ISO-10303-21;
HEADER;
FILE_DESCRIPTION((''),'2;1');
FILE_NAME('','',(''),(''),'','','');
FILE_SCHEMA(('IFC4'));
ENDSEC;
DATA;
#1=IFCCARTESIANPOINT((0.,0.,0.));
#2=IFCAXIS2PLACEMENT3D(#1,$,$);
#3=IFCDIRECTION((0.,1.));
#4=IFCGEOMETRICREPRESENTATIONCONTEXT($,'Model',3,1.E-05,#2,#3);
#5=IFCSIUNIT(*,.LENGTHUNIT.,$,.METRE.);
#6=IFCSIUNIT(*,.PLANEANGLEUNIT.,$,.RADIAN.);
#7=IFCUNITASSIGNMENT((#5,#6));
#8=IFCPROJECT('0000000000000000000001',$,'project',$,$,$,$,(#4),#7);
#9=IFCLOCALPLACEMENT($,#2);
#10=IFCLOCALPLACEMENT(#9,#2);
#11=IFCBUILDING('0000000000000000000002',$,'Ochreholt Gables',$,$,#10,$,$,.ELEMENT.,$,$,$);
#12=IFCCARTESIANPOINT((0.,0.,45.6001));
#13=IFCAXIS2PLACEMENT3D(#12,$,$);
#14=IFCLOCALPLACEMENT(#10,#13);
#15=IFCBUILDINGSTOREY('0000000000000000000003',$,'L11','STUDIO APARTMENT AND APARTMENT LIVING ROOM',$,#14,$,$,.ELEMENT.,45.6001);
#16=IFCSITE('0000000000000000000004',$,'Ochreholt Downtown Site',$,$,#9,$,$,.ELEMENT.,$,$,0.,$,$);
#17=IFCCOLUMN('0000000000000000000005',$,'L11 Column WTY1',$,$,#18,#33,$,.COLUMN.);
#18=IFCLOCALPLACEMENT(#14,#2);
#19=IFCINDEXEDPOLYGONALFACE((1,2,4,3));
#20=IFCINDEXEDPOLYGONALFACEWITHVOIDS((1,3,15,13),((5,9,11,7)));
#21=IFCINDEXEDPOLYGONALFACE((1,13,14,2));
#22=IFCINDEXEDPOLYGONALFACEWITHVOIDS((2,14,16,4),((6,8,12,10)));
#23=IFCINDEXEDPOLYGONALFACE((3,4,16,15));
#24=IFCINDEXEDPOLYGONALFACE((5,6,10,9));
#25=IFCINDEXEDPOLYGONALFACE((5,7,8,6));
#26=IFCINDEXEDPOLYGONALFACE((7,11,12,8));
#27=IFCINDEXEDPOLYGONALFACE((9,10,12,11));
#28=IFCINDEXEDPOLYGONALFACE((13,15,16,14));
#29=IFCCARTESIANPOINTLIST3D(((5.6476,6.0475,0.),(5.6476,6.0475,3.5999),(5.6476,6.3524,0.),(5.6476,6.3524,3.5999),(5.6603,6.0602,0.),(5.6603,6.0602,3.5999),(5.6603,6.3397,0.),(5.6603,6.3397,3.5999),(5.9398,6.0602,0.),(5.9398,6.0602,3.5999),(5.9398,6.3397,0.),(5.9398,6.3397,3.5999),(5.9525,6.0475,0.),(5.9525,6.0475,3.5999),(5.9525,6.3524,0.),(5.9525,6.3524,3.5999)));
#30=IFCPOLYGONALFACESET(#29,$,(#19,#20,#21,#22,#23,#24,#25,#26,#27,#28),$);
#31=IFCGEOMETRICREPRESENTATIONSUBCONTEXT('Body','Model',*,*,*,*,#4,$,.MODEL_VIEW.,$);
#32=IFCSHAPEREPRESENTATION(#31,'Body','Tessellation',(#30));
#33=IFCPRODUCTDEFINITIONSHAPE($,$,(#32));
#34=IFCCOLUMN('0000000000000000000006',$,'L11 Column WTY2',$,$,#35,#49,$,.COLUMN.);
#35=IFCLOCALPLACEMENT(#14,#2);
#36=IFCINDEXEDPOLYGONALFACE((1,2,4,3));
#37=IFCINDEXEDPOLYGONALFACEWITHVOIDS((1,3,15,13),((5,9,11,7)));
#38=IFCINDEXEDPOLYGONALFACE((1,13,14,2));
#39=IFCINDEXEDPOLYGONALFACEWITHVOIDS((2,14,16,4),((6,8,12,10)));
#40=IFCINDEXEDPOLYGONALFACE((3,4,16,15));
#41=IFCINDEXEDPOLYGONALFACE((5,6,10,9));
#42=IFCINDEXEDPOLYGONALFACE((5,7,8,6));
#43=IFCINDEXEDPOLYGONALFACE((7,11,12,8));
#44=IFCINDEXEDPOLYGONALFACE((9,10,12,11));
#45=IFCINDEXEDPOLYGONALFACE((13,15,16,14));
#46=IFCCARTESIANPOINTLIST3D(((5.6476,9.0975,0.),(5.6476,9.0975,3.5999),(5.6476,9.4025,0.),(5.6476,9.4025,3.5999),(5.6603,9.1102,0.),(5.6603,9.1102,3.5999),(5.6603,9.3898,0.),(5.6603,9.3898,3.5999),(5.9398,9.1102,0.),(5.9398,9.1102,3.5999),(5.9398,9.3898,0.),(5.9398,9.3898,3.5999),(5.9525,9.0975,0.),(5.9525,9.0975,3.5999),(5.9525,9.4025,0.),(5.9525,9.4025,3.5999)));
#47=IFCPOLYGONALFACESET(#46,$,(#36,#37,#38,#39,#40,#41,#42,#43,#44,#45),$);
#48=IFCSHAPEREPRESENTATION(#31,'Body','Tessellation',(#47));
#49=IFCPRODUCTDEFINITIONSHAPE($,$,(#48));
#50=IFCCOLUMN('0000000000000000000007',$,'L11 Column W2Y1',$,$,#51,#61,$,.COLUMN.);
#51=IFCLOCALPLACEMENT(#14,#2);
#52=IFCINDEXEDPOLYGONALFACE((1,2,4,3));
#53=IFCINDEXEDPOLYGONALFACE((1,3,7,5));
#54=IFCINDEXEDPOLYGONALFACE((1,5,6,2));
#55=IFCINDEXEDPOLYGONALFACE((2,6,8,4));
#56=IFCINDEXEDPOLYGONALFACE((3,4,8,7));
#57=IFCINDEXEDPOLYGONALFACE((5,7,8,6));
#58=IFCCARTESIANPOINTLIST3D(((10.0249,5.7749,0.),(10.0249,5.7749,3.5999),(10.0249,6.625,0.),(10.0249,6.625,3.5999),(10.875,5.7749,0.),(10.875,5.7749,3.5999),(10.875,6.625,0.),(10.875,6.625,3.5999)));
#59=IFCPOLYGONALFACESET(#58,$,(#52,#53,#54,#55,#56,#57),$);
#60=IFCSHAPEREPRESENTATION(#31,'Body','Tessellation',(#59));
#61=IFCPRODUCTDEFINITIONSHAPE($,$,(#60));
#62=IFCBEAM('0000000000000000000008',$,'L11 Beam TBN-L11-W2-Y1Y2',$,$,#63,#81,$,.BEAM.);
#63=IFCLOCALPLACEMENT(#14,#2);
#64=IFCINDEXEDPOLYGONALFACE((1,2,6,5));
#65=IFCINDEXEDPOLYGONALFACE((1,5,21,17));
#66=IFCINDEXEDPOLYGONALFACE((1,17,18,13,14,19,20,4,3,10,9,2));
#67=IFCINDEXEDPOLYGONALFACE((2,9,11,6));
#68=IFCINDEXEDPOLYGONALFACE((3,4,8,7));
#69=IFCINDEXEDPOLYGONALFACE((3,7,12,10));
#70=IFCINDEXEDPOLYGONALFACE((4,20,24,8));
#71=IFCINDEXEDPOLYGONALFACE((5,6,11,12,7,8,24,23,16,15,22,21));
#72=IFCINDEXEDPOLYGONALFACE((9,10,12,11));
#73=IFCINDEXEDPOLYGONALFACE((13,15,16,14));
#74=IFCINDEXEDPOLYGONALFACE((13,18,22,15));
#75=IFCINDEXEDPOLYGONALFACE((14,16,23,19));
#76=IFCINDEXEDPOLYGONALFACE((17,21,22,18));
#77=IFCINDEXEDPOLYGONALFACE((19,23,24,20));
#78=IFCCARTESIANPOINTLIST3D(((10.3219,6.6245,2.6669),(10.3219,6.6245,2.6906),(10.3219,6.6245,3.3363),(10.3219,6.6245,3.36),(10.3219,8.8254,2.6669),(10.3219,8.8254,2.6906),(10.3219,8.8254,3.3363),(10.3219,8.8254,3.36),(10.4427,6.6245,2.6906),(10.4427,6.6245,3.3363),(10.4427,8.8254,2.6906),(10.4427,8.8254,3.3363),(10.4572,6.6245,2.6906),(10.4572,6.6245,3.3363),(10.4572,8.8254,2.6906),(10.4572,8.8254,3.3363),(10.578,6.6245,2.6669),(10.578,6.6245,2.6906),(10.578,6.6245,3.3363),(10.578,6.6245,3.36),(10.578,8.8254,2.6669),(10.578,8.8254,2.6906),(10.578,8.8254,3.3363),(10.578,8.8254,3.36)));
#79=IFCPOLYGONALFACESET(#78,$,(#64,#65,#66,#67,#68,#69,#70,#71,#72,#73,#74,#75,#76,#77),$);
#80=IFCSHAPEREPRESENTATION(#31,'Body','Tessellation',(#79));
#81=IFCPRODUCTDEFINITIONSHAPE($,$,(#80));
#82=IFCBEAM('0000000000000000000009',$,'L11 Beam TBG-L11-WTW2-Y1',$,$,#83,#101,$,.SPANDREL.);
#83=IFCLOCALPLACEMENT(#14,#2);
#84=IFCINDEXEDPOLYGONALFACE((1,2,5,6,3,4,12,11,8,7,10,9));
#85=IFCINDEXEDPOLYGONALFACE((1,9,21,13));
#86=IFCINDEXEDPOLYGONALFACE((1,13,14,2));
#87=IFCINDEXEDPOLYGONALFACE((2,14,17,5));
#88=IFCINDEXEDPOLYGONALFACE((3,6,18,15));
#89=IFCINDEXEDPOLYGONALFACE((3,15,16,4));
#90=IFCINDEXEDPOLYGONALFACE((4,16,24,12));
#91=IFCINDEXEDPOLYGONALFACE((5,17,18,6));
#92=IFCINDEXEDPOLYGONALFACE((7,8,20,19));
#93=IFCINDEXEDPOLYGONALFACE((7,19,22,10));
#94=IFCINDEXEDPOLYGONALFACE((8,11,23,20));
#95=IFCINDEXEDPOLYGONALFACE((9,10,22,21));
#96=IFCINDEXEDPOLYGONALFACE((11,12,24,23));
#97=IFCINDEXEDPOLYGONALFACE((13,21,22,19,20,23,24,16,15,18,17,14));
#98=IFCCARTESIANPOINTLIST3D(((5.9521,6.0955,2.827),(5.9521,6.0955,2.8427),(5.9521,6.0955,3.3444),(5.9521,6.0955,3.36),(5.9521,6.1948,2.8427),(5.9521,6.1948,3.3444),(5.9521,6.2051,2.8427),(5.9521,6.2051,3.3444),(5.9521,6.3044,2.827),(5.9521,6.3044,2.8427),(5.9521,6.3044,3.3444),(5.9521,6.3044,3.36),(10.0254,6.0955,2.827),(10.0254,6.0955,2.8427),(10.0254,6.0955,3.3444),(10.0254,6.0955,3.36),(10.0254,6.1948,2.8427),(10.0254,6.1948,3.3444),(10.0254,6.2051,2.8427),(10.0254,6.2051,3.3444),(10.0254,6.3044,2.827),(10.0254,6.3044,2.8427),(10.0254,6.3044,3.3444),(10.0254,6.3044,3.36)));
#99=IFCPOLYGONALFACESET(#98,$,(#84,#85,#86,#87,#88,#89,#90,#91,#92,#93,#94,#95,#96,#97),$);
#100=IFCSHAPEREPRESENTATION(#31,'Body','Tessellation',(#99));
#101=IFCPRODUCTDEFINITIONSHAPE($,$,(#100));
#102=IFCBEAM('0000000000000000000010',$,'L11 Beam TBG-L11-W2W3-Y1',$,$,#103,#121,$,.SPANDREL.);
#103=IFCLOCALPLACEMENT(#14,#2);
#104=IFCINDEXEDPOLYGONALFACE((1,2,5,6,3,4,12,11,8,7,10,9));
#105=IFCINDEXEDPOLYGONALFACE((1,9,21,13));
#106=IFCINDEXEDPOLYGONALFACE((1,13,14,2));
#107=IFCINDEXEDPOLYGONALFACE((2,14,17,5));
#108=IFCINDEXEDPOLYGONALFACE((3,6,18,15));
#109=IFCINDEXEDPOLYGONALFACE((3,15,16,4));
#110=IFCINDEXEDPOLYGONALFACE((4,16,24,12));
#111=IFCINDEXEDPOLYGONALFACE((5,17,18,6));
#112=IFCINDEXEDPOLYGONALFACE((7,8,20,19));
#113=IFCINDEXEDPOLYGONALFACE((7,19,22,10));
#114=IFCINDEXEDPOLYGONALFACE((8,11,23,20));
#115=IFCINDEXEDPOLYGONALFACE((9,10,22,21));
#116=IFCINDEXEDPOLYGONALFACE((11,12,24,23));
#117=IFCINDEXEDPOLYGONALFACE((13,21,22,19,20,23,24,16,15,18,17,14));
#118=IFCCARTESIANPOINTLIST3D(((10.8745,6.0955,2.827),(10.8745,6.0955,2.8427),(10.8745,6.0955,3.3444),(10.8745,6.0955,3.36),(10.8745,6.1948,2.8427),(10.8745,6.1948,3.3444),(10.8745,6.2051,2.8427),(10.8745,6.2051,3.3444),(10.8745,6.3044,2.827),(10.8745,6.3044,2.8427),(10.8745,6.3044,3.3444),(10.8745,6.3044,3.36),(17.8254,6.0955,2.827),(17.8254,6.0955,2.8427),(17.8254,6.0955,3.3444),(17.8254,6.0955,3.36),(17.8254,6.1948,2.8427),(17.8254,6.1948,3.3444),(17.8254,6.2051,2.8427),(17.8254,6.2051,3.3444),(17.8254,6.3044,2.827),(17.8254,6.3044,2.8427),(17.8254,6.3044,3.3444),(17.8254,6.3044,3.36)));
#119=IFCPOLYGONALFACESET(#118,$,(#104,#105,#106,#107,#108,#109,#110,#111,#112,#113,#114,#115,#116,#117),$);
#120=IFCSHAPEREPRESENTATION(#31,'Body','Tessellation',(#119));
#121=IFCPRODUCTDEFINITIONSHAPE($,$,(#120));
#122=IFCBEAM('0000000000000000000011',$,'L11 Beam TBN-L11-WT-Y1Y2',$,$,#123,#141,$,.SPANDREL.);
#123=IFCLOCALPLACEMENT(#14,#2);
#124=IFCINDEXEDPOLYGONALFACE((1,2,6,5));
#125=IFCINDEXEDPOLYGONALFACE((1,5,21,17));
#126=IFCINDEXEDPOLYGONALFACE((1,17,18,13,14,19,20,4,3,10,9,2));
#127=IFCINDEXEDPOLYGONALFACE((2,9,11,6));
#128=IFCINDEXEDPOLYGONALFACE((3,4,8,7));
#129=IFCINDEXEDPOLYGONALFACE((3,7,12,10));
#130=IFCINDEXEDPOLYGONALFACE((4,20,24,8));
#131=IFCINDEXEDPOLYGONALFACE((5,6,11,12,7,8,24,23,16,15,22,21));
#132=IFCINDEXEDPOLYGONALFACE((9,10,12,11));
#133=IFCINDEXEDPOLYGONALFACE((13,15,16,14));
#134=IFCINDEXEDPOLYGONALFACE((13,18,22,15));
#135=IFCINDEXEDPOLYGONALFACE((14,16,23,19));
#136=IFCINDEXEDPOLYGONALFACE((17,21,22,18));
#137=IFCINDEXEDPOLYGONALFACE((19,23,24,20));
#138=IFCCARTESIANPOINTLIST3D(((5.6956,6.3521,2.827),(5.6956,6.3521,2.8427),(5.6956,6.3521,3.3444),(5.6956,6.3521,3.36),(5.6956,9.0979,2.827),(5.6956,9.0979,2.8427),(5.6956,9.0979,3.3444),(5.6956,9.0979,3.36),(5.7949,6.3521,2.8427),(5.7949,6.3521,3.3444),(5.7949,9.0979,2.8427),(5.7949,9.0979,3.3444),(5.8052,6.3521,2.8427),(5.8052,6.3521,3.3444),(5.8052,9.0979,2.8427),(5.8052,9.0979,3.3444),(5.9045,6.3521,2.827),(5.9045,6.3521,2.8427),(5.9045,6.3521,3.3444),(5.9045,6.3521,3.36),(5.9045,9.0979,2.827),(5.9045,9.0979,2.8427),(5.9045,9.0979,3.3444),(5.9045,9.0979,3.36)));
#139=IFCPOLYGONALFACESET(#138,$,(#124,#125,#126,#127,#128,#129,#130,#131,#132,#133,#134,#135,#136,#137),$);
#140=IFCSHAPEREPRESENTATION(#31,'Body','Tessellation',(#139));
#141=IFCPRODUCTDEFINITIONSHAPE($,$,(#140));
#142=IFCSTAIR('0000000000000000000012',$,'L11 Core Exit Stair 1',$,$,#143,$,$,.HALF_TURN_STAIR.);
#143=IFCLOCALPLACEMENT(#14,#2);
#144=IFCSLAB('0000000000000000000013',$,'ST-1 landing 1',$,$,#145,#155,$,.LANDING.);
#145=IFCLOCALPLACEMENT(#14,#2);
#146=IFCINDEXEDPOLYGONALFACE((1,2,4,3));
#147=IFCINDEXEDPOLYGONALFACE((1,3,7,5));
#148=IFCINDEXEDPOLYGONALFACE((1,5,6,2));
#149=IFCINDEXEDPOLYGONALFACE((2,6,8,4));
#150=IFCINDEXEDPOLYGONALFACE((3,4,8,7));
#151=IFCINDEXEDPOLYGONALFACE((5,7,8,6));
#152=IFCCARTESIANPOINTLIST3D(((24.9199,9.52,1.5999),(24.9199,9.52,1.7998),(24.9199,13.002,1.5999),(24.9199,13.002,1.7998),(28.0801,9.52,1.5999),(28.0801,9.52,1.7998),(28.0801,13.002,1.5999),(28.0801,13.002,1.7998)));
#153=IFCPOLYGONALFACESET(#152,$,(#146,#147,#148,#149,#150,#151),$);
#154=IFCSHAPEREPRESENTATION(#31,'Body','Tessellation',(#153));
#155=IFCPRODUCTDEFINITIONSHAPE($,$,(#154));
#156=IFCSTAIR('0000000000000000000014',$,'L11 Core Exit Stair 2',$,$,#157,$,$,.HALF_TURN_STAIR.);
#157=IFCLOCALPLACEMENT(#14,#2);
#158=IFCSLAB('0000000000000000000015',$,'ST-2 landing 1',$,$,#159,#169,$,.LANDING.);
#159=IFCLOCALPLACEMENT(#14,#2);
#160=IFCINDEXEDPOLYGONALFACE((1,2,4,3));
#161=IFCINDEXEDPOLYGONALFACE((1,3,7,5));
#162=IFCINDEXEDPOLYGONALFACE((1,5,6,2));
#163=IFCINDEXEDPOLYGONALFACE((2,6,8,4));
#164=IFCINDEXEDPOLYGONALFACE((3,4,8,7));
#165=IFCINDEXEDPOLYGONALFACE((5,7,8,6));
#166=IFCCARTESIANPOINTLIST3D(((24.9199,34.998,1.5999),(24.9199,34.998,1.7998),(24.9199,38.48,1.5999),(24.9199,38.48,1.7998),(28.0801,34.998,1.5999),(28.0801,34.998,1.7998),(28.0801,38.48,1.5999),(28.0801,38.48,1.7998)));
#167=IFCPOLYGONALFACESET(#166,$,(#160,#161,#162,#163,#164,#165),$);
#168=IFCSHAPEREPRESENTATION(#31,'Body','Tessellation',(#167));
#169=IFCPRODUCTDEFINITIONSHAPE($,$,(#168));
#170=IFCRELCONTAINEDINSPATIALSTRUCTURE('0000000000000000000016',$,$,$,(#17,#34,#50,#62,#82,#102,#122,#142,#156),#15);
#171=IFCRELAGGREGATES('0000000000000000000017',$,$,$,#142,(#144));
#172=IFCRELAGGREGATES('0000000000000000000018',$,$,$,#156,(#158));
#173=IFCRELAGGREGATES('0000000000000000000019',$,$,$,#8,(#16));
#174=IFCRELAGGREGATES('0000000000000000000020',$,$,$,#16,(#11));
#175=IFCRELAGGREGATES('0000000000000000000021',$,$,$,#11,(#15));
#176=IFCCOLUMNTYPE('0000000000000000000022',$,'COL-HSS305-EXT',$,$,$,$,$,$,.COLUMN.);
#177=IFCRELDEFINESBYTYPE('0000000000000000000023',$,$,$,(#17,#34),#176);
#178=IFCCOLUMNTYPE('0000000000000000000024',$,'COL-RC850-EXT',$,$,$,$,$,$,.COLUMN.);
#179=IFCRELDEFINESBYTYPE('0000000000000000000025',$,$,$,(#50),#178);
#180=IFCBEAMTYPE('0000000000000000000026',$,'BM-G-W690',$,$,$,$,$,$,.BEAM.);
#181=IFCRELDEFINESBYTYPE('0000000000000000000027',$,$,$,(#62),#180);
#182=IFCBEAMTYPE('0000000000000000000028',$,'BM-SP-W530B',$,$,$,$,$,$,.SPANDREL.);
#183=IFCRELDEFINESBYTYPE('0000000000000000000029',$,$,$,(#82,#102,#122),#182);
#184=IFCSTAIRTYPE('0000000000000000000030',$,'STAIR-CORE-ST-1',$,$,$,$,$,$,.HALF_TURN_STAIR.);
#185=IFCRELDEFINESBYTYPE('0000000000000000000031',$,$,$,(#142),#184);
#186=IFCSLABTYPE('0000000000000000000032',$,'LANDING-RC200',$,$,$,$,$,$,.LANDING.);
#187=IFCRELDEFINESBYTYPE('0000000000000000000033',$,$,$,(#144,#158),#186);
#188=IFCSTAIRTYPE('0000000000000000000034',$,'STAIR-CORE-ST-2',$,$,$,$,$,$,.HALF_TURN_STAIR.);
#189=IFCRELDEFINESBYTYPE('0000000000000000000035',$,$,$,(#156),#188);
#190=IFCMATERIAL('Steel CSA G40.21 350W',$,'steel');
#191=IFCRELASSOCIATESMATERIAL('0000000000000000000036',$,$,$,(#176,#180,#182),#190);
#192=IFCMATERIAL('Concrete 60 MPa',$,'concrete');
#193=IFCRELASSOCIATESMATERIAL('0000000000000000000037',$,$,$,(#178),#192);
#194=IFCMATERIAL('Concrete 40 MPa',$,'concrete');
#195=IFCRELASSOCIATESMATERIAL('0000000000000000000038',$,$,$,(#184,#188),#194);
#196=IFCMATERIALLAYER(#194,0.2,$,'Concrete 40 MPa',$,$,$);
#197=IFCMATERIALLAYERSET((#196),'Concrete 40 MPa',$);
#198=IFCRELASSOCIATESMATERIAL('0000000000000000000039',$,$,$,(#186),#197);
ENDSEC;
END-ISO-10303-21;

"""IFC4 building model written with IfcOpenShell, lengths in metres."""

from ifc_helpers import new_model, si_unit, direction, frame, origin, origin_2d, place, context, subcontext, project, spatial, polyline, rectangle, hollow_rectangle, i_section, outline, extrude, material, layer, layer_set, material_profile, profile_set, type_object, element, aggregate, save


model = new_model("IFC4")

# Units and contexts
model_context = context("Model", 3, precision=1e-05, world=origin(), true_north=direction((0.0, 1.0)))
body_context = subcontext(model_context, "Body", "Model", "MODEL_VIEW")
ifc_project = project(units=[si_unit("LENGTHUNIT", "METRE"), si_unit("PLANEANGLEUNIT", "RADIAN")], contexts=[model_context])

# Site, building, storey
site_placement = place(None, origin())
site = spatial("IfcSite", under=ifc_project, at=site_placement, Name="Ochreholt Downtown Site", CompositionType="ELEMENT", RefElevation=0.0)
building_placement = place(site_placement, origin())
building = spatial("IfcBuilding", under=site, at=building_placement, Name="Ochreholt Gables", CompositionType="ELEMENT")
storey_placement = place(building_placement, frame((0.0, 0.0, 45.6001)))
storey = spatial("IfcBuildingStorey", under=building, at=storey_placement, Name="L11", Description="STUDIO APARTMENT AND APARTMENT LIVING ROOM", CompositionType="ELEMENT", Elevation=45.6001)

# Columns
ifc_material_1 = material(Name="Steel CSA G40.21 350W", Category="steel")
ifc_material_profile_1 = material_profile(ifc_material_1, hollow_rectangle(XDim=0.3049, YDim=0.3049, WallThickness=0.0127, at=origin_2d()), Name="HSS305X305X13")
ifc_profile_set_1 = profile_set([ifc_material_profile_1], Name="Steel CSA G40.21 350W")
column_type_1 = type_object("IfcColumnType", Name="COL-HSS305-EXT", PredefinedType="COLUMN", material=ifc_profile_set_1)
for number, where, z_axis, x_axis, name in (
    (1, (5.8, 6.2, 0.0), (0.0, 0.0, 1.0), (1.0, 0.0, 0.0), "L11 Column WTY1"),
    (2, (5.8, 9.25, 0.0), (0.0, 0.0, 1.0), (1.0, 0.0, 0.0), "L11 Column WTY2"),
):
    element("IfcColumn", number, at=place(storey_placement, frame(where, z_axis=z_axis, x_axis=x_axis)), inside=storey, type_object=column_type_1, Name=name, PredefinedType="COLUMN", context=body_context, shape_type="SweptSolid", body=[
        extrude(hollow_rectangle(XDim=0.3049, YDim=0.3049, WallThickness=0.0127, at=origin_2d()), origin(), (0.0, 0.0, 1.0), 3.5999),
    ])
ifc_material_2 = material(Name="Concrete 60 MPa", Category="concrete")
ifc_material_profile_2 = material_profile(ifc_material_2, rectangle(XDim=0.8501, YDim=0.8501, at=origin_2d()), Name="RC850X850")
ifc_profile_set_2 = profile_set([ifc_material_profile_2], Name="Concrete 60 MPa")
column_type_2 = type_object("IfcColumnType", Name="COL-RC850-EXT", PredefinedType="COLUMN", material=ifc_profile_set_2)
column_placement = place(storey_placement, frame((10.45, 6.2, 0.0), z_axis=(0.0, 0.0, 1.0), x_axis=(1.0, 0.0, 0.0)))
element("IfcColumn", 3, at=column_placement, inside=storey, type_object=column_type_2, Name="L11 Column W2Y1", PredefinedType="COLUMN", context=body_context, shape_type="SweptSolid", body=[
    extrude(rectangle(XDim=0.8501, YDim=0.8501, at=origin_2d()), origin(), (0.0, 0.0, 1.0), 3.5999),
])

# Beams
ifc_material_profile_3 = material_profile(ifc_material_1, i_section(OverallWidth=0.2561, OverallDepth=0.6931, WebThickness=0.0144, FlangeThickness=0.0237, at=origin_2d()), Name="W690X170")
ifc_profile_set_3 = profile_set([ifc_material_profile_3], Name="Steel CSA G40.21 350W")
beam_type_1 = type_object("IfcBeamType", Name="BM-G-W690", PredefinedType="BEAM", material=ifc_profile_set_3)
beam_1_placement = place(storey_placement, frame((10.45, 6.6245, 3.0134), z_axis=(0.0, 1.0, 0.0), x_axis=(-1.0, 0.0, 0.0)))
element("IfcBeam", 4, at=beam_1_placement, inside=storey, type_object=beam_type_1, Name="L11 Beam TBN-L11-W2-Y1Y2", PredefinedType="BEAM", context=body_context, shape_type="SweptSolid", body=[
    extrude(i_section(OverallWidth=0.2561, OverallDepth=0.6931, WebThickness=0.0144, FlangeThickness=0.0237, at=origin_2d()), origin(), (0.0, 0.0, 1.0), 2.2009),
])
ifc_material_profile_4 = material_profile(ifc_material_1, i_section(OverallWidth=0.209, OverallDepth=0.533, WebThickness=0.0103, FlangeThickness=0.0156, at=origin_2d()), Name="W530X92")
ifc_profile_set_4 = profile_set([ifc_material_profile_4], Name="Steel CSA G40.21 350W")
beam_type_2 = type_object("IfcBeamType", Name="BM-SP-W530B", PredefinedType="SPANDREL", material=ifc_profile_set_4)
beam_2_placement = place(storey_placement, frame((5.9521, 6.2, 3.0935), z_axis=(1.0, 0.0, 0.0), x_axis=(0.0, 1.0, 0.0)))
element("IfcBeam", 5, at=beam_2_placement, inside=storey, type_object=beam_type_2, Name="L11 Beam TBG-L11-WTW2-Y1", PredefinedType="SPANDREL", context=body_context, shape_type="SweptSolid", body=[
    extrude(i_section(OverallWidth=0.209, OverallDepth=0.533, WebThickness=0.0103, FlangeThickness=0.0156, at=origin_2d()), origin(), (0.0, 0.0, 1.0), 4.0732),
])
beam_3_placement = place(storey_placement, frame((10.8745, 6.2, 3.0935), z_axis=(1.0, 0.0, 0.0), x_axis=(0.0, 1.0, 0.0)))
element("IfcBeam", 6, at=beam_3_placement, inside=storey, type_object=beam_type_2, Name="L11 Beam TBG-L11-W2W3-Y1", PredefinedType="SPANDREL", context=body_context, shape_type="SweptSolid", body=[
    extrude(i_section(OverallWidth=0.209, OverallDepth=0.533, WebThickness=0.0103, FlangeThickness=0.0156, at=origin_2d()), origin(), (0.0, 0.0, 1.0), 6.9509),
])
beam_4_placement = place(storey_placement, frame((5.8, 6.3521, 3.0935), z_axis=(0.0, 1.0, 0.0), x_axis=(-1.0, 0.0, 0.0)))
element("IfcBeam", 7, at=beam_4_placement, inside=storey, type_object=beam_type_2, Name="L11 Beam TBN-L11-WT-Y1Y2", PredefinedType="SPANDREL", context=body_context, shape_type="SweptSolid", body=[
    extrude(i_section(OverallWidth=0.209, OverallDepth=0.533, WebThickness=0.0103, FlangeThickness=0.0156, at=origin_2d()), origin(), (0.0, 0.0, 1.0), 2.7458),
])

# Stairs, slabs
ifc_material_3 = material(Name="Concrete 40 MPa", Category="concrete")
stair_type_1 = type_object("IfcStairType", Name="STAIR-CORE-ST-1", PredefinedType="HALF_TURN_STAIR", material=ifc_material_3)
stair_1_placement = place(storey_placement, origin())
stair_1 = element("IfcStair", 8, at=stair_1_placement, inside=storey, type_object=stair_type_1, Name="L11 Core Exit Stair 1", PredefinedType="HALF_TURN_STAIR")
ifc_layer_1 = layer(ifc_material_3, 0.2, Name="Concrete 40 MPa")
ifc_layer_set_1 = layer_set([ifc_layer_1], Name="Concrete 40 MPa")
slab_type_1 = type_object("IfcSlabType", Name="LANDING-RC200", PredefinedType="LANDING", material=ifc_layer_set_1)
slab_1_placement = place(storey_placement, frame((0.0, 0.0, 1.5999)))
slab_1 = element("IfcSlab", 9, at=slab_1_placement, type_object=slab_type_1, Name="ST-1 landing 1", PredefinedType="LANDING", context=body_context, shape_type="SweptSolid", body=[
    extrude(outline(polyline([(24.9199, 13.002), (24.9199, 9.52), (28.0801, 9.52), (28.0801, 13.002), (24.9199, 13.002)])), origin(), (0.0, 0.0, 1.0), 0.2),
])
aggregate(stair_1, [slab_1])
stair_type_2 = type_object("IfcStairType", Name="STAIR-CORE-ST-2", PredefinedType="HALF_TURN_STAIR", material=ifc_material_3)
stair_2_placement = place(storey_placement, origin())
stair_2 = element("IfcStair", 10, at=stair_2_placement, inside=storey, type_object=stair_type_2, Name="L11 Core Exit Stair 2", PredefinedType="HALF_TURN_STAIR")
slab_2_placement = place(storey_placement, frame((0.0, 0.0, 1.5999)))
slab_2 = element("IfcSlab", 11, at=slab_2_placement, type_object=slab_type_1, Name="ST-2 landing 1", PredefinedType="LANDING", context=body_context, shape_type="SweptSolid", body=[
    extrude(outline(polyline([(28.0801, 34.998), (28.0801, 38.48), (24.9199, 38.48), (24.9199, 34.998), (28.0801, 34.998)])), origin(), (0.0, 0.0, 1.0), 0.2),
])
aggregate(stair_2, [slab_2])

save(model, "model.ifc")
